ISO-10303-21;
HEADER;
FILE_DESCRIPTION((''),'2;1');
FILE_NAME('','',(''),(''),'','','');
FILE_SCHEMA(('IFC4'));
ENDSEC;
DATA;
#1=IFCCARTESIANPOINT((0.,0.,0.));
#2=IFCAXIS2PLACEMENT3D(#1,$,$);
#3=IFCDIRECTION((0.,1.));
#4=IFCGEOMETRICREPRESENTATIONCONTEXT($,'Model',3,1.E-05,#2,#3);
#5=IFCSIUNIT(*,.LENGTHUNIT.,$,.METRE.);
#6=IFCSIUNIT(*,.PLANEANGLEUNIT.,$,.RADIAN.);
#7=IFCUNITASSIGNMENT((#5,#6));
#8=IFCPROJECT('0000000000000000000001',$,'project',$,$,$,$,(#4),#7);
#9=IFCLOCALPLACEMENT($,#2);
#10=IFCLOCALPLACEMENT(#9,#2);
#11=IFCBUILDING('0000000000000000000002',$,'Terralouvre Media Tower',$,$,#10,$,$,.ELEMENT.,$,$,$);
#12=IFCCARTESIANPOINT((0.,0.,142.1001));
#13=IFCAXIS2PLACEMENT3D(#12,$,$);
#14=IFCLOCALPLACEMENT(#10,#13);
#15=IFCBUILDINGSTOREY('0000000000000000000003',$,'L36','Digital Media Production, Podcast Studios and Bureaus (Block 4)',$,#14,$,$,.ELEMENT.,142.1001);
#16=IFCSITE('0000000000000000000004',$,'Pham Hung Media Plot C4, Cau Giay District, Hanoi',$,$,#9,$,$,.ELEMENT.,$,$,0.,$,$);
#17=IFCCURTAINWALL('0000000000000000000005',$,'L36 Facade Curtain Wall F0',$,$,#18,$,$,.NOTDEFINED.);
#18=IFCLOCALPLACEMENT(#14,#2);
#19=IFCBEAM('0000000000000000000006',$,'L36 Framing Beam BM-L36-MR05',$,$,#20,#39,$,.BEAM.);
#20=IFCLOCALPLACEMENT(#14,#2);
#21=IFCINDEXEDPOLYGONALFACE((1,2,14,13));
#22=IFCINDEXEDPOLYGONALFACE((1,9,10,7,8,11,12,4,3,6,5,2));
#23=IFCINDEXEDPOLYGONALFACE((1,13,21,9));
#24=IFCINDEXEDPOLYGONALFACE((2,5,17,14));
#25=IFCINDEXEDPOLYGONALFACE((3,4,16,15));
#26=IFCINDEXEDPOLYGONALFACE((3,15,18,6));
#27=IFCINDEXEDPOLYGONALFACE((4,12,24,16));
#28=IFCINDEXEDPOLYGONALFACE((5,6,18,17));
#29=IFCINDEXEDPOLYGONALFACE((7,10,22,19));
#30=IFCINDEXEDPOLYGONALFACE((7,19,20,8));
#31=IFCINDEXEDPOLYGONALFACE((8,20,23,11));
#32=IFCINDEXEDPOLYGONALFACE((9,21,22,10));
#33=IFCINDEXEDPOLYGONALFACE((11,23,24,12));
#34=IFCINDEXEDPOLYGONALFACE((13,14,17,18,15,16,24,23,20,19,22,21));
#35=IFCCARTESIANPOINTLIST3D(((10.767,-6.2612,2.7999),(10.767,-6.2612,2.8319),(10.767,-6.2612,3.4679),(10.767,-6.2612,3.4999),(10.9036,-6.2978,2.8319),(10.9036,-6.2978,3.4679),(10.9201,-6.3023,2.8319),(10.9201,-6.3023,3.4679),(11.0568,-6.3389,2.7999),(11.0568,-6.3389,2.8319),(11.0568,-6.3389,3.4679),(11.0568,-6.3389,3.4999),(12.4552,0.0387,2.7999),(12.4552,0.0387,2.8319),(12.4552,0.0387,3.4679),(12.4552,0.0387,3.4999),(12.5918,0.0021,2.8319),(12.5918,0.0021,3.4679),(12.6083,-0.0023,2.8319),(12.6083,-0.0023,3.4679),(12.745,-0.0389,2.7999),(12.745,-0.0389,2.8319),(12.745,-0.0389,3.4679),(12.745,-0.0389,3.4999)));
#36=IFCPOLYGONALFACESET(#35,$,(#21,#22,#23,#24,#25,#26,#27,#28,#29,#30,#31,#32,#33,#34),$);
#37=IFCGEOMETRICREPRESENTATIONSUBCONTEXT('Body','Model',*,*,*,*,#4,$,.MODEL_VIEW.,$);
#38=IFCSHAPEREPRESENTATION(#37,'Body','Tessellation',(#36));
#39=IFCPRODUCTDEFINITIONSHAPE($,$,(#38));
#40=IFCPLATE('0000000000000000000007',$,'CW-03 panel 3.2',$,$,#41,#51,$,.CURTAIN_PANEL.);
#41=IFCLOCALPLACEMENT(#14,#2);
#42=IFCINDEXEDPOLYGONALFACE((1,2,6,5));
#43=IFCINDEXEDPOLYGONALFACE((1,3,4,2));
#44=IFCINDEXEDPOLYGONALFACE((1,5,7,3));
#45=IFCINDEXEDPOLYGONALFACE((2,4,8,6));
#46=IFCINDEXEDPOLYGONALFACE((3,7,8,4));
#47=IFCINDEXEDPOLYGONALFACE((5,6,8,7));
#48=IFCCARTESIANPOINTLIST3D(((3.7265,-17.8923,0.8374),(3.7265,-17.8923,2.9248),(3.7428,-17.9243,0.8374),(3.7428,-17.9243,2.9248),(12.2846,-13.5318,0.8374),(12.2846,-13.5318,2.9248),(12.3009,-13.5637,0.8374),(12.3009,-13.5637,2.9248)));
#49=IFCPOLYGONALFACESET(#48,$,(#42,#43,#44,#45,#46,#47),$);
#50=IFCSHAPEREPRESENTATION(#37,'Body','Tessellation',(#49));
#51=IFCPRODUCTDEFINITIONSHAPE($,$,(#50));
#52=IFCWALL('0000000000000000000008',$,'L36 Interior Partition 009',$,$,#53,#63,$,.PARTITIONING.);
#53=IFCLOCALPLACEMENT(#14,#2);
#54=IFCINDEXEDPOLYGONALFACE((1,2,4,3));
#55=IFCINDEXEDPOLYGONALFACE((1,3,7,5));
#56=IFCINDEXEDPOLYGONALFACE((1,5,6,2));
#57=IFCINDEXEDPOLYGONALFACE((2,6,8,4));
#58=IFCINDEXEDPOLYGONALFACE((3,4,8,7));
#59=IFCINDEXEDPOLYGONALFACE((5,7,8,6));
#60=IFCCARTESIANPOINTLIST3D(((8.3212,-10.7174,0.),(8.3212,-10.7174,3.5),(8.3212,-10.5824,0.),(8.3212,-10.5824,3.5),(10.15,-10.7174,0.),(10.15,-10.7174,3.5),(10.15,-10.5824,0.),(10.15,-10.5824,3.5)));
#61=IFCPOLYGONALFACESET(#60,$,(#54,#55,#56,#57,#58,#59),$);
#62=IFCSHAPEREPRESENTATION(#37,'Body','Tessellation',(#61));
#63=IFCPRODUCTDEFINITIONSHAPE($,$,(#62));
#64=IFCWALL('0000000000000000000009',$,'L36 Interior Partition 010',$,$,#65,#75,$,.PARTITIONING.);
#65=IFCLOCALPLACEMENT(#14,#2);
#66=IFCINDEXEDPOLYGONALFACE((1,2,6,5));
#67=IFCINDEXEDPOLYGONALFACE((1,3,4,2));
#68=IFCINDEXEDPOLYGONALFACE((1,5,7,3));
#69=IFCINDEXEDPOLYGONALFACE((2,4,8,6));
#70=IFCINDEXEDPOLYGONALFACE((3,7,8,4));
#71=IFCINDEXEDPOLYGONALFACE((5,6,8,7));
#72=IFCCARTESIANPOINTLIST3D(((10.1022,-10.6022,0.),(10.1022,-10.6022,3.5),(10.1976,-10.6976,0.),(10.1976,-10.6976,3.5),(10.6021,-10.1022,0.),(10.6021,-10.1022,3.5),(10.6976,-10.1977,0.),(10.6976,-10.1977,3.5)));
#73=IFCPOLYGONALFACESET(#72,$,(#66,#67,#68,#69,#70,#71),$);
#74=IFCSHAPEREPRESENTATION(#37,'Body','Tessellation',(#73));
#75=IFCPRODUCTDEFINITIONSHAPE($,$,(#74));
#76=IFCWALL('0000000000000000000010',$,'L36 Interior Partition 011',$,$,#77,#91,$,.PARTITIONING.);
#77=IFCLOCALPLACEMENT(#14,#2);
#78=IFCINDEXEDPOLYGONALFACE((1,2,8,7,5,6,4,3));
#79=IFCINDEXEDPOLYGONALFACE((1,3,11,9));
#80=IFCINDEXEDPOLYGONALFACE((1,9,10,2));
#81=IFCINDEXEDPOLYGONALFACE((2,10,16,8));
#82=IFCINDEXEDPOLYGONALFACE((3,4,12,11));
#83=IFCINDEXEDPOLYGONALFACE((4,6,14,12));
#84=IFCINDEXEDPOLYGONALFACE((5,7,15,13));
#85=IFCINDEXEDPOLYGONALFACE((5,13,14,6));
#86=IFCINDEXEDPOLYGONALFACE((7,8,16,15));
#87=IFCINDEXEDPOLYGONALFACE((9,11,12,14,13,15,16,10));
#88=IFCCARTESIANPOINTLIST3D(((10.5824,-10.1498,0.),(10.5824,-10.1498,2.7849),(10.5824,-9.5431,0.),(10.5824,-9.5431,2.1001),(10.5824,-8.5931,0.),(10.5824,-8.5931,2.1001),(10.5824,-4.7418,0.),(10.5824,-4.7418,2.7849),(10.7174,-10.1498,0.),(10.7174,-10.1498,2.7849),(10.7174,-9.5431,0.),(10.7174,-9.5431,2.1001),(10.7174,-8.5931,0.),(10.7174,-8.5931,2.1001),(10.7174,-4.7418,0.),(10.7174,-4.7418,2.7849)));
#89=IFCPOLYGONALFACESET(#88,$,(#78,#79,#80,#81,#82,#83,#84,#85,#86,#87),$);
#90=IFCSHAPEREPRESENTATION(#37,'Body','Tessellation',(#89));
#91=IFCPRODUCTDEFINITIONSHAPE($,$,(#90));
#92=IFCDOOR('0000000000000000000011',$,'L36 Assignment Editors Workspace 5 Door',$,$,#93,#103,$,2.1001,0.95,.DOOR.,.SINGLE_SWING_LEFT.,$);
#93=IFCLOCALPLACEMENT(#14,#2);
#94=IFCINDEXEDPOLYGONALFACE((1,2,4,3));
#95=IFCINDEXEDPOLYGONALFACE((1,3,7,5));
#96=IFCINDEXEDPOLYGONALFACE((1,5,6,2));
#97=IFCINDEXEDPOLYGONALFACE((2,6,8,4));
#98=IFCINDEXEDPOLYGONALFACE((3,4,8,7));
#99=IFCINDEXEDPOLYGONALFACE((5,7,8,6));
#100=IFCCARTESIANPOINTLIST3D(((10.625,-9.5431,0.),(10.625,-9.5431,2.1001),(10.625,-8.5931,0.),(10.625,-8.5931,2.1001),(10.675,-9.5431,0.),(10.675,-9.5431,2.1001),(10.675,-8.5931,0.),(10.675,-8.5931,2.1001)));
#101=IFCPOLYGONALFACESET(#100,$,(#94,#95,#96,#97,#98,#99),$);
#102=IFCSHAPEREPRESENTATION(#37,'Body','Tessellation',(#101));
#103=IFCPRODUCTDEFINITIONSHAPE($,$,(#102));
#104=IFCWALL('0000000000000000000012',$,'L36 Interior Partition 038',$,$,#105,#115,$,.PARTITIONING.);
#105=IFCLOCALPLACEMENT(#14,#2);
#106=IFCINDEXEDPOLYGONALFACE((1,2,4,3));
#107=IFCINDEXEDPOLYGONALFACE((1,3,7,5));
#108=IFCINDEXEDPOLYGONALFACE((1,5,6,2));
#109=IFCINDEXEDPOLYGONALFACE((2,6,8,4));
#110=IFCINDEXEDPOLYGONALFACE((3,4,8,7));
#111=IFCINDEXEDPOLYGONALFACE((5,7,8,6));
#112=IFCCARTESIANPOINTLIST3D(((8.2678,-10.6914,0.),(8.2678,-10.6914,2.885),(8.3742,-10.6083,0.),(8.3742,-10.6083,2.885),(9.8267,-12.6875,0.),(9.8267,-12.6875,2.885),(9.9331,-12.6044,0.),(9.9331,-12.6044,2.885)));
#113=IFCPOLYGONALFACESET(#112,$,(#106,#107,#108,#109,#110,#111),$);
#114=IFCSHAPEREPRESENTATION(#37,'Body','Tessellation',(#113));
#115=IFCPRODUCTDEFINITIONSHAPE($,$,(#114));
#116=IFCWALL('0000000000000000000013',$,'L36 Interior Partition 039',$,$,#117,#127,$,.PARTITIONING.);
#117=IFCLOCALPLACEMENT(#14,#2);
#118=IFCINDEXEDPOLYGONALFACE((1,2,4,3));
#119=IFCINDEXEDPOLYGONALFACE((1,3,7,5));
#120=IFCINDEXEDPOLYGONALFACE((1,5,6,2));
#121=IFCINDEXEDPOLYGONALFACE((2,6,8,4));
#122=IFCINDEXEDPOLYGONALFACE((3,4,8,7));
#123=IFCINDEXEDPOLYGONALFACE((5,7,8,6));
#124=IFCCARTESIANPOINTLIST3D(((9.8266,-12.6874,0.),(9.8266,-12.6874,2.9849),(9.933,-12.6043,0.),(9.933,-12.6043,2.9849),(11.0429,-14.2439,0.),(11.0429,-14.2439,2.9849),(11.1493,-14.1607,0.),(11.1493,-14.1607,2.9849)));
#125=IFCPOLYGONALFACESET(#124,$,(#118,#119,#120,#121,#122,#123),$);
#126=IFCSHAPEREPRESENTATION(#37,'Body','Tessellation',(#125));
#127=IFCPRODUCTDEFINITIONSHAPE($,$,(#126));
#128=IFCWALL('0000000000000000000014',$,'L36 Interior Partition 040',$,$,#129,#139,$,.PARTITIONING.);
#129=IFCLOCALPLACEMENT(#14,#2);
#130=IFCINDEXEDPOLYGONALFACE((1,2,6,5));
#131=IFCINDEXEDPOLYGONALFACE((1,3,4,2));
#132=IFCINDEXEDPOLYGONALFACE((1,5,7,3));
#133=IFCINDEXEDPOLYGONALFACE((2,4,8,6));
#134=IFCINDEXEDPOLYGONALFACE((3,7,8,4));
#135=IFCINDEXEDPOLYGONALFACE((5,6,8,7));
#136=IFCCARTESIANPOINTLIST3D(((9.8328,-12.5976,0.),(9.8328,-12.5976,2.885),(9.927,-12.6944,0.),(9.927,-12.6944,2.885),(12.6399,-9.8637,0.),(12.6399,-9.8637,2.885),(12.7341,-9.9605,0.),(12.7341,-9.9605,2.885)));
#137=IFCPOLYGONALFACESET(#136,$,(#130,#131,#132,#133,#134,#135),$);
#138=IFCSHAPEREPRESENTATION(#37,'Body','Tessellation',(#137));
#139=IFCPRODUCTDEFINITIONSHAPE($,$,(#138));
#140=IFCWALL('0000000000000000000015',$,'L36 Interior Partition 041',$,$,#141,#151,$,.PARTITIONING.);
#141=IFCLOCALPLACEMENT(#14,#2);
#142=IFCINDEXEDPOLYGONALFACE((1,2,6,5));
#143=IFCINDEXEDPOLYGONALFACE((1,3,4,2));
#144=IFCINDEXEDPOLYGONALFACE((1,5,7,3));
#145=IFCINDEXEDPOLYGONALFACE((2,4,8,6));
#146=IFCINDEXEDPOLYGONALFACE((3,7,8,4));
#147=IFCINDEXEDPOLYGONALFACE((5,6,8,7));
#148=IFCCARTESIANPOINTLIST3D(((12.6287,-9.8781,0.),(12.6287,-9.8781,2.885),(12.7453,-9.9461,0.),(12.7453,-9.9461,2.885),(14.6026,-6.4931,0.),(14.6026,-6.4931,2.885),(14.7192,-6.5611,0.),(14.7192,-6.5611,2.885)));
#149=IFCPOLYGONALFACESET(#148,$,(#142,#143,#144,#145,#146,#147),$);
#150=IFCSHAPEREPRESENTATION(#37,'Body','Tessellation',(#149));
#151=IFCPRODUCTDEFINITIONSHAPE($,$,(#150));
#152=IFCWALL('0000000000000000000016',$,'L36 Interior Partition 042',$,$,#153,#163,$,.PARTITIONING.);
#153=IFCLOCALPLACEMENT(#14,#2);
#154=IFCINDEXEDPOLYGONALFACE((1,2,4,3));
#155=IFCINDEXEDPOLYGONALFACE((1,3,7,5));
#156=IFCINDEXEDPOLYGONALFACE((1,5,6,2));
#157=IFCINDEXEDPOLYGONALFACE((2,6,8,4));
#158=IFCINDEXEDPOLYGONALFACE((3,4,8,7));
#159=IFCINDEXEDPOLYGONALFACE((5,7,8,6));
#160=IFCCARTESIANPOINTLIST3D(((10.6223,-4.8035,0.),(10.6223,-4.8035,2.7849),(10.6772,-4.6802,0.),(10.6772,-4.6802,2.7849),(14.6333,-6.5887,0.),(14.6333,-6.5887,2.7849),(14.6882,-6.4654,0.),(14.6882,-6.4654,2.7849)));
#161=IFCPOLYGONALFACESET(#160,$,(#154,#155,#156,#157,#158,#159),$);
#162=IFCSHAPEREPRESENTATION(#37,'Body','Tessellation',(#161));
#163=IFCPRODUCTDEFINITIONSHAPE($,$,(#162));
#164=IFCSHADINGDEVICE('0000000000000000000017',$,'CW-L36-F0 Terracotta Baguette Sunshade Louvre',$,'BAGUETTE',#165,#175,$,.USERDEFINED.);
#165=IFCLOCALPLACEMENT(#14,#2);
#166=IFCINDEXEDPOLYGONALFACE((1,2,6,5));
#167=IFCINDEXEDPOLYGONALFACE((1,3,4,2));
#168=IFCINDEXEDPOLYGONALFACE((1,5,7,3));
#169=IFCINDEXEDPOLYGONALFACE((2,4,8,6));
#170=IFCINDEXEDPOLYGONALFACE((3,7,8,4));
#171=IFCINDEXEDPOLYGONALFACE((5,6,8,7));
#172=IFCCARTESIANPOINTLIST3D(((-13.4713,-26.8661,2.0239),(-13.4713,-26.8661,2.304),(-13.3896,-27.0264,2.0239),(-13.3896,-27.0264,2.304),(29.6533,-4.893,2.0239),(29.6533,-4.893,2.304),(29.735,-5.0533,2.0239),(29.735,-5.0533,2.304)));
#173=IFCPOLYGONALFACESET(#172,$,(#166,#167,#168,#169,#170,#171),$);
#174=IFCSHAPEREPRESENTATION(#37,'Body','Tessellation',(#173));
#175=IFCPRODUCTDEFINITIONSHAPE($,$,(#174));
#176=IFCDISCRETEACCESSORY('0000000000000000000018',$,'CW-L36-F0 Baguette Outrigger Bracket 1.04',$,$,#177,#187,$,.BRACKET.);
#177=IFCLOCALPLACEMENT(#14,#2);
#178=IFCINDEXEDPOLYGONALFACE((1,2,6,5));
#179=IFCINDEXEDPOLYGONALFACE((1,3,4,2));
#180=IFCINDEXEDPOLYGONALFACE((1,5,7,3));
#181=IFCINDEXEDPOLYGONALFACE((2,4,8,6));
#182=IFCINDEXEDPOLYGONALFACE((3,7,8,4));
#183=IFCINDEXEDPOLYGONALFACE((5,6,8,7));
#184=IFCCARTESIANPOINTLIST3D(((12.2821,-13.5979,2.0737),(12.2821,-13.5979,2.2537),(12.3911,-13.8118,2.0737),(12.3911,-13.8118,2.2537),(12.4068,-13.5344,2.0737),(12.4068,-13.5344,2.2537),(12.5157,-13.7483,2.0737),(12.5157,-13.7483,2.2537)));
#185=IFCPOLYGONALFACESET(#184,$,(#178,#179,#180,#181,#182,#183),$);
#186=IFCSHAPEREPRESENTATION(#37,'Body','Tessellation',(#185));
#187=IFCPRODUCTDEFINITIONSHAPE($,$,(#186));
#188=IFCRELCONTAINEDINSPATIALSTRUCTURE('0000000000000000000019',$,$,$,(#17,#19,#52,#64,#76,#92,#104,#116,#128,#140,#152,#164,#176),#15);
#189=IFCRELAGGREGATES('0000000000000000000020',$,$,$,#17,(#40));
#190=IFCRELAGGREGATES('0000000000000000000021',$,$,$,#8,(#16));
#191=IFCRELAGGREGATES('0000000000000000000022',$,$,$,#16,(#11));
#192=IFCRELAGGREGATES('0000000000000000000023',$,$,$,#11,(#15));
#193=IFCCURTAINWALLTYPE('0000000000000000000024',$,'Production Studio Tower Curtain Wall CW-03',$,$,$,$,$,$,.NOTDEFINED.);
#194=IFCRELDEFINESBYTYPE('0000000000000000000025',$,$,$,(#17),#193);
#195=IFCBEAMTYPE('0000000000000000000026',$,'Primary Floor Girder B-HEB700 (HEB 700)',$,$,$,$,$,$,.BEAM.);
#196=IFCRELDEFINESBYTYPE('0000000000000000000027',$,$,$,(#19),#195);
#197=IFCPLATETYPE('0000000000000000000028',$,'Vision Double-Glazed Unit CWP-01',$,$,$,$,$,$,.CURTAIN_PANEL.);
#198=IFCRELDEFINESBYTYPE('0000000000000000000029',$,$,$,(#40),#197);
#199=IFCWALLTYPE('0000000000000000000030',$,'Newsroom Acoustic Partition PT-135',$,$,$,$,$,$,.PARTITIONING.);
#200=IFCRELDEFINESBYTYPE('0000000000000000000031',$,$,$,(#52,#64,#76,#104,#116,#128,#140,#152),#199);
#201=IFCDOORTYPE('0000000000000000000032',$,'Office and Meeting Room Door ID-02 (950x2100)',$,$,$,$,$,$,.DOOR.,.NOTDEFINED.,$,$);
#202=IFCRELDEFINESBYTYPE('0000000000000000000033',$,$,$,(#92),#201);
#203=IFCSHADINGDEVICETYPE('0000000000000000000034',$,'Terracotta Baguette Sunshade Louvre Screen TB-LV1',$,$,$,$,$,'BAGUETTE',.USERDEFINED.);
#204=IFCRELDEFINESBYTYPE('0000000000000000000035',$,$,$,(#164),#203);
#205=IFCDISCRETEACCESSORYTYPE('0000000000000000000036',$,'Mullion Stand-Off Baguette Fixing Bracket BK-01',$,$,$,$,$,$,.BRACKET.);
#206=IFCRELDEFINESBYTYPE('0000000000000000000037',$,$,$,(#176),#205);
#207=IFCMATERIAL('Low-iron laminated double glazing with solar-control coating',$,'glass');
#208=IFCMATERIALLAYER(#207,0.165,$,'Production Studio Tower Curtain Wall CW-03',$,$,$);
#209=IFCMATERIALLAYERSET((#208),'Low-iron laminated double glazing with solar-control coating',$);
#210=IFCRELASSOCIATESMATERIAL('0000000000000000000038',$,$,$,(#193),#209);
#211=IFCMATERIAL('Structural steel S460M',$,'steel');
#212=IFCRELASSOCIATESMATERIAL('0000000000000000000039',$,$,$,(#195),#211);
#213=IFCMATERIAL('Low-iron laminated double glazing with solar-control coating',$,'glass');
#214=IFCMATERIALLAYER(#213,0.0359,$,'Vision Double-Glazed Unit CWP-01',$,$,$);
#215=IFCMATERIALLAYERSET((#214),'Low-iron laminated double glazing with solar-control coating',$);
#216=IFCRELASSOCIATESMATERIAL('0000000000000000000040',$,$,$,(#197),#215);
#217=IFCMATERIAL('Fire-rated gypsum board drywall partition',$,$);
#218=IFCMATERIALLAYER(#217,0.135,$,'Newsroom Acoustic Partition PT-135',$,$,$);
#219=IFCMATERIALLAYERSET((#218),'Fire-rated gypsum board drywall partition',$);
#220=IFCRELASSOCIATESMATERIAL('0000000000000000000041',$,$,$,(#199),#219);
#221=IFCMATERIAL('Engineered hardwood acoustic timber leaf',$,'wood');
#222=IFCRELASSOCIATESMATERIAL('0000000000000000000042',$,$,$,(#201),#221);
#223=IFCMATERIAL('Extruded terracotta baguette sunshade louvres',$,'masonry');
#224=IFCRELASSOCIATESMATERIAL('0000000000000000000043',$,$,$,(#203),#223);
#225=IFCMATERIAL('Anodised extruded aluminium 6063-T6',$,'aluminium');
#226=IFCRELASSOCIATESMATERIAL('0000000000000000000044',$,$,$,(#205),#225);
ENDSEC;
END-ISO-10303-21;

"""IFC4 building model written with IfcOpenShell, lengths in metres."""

from ifc_helpers import new_model, si_unit, direction, frame, frame_2d, origin, origin_2d, place, context, subcontext, project, spatial, rectangle, i_section, extrude, material, layer, layer_set, material_profile, profile_set, type_object, element, fill, aggregate, save


model = new_model("IFC4")

# Units and contexts
model_context = context("Model", 3, precision=1e-05, world=origin(), true_north=direction((0.0, 1.0)))
body_context = subcontext(model_context, "Body", "Model", "MODEL_VIEW")
ifc_project = project(units=[si_unit("LENGTHUNIT", "METRE"), si_unit("PLANEANGLEUNIT", "RADIAN")], contexts=[model_context])

# Site, building, storey
site_placement = place(None, origin())
site = spatial("IfcSite", under=ifc_project, at=site_placement, Name="Pham Hung Media Plot C4, Cau Giay District, Hanoi", CompositionType="ELEMENT", RefElevation=0.0)
building_placement = place(site_placement, origin())
building = spatial("IfcBuilding", under=site, at=building_placement, Name="Terralouvre Media Tower", CompositionType="ELEMENT")
storey_placement = place(building_placement, frame((0.0, 0.0, 142.1001)))
storey = spatial("IfcBuildingStorey", under=building, at=storey_placement, Name="L36", Description="Digital Media Production, Podcast Studios and Bureaus (Block 4)", CompositionType="ELEMENT", Elevation=142.1001)

# Curtain wall
ifc_material_1 = material(Name="Low-iron laminated double glazing with solar-control coating", Category="glass")
ifc_layer_1 = layer(ifc_material_1, 0.165, Name="Production Studio Tower Curtain Wall CW-03")
ifc_layer_set_1 = layer_set([ifc_layer_1], Name="Low-iron laminated double glazing with solar-control coating")
curtain_wall_type = type_object("IfcCurtainWallType", Name="Production Studio Tower Curtain Wall CW-03", PredefinedType="NOTDEFINED", material=ifc_layer_set_1)
curtain_wall_placement = place(storey_placement, origin())
curtain_wall = element("IfcCurtainWall", 1, at=curtain_wall_placement, inside=storey, type_object=curtain_wall_type, Name="L36 Facade Curtain Wall F0", PredefinedType="NOTDEFINED")

# Beam
ifc_material_2 = material(Name="Structural steel S460M", Category="steel")
ifc_material_profile_1 = material_profile(ifc_material_2, i_section(OverallWidth=0.3, OverallDepth=0.7, WebThickness=0.0171, FlangeThickness=0.032, at=origin_2d()), Name="HEB 700")
ifc_profile_set_1 = profile_set([ifc_material_profile_1], Name="Structural steel S460M")
beam_type_1 = type_object("IfcBeamType", Name="Primary Floor Girder B-HEB700 (HEB 700)", PredefinedType="BEAM", material=ifc_profile_set_1)
beam_1_placement = place(storey_placement, frame((10.9119, -6.3, 3.1499), z_axis=(0.258839, 0.96592, 0.0), x_axis=(-0.96592, 0.258839, 0.0)))
element("IfcBeam", 2, at=beam_1_placement, inside=storey, type_object=beam_type_1, Name="L36 Framing Beam BM-L36-MR05", PredefinedType="BEAM", context=body_context, shape_type="SweptSolid", body=[
    extrude(i_section(OverallWidth=0.3, OverallDepth=0.7, WebThickness=0.0171, FlangeThickness=0.032, at=origin_2d()), origin(), (0.0, 0.0, 1.0), 6.5222),
])

# Plate
ifc_material_3 = material(Name="Low-iron laminated double glazing with solar-control coating", Category="glass")
ifc_layer_2 = layer(ifc_material_3, 0.0359, Name="Vision Double-Glazed Unit CWP-01")
ifc_layer_set_2 = layer_set([ifc_layer_2], Name="Low-iron laminated double glazing with solar-control coating")
plate_type = type_object("IfcPlateType", Name="Vision Double-Glazed Unit CWP-01", PredefinedType="CURTAIN_PANEL", material=ifc_layer_set_2)
plate_placement = place(storey_placement, frame((8.0137, -15.728, 0.8374), z_axis=(0.0, 0.0, 1.0), x_axis=(0.891007, 0.453991, 0.0)))
plate = element("IfcPlate", 3, at=plate_placement, type_object=plate_type, Name="CW-03 panel 3.2", PredefinedType="CURTAIN_PANEL", context=body_context, shape_type="SweptSolid", body=[
    extrude(rectangle(XDim=9.605, YDim=0.0359, at=origin_2d()), origin(), (0.0, 0.0, 1.0), 2.0874),
])
aggregate(curtain_wall, [plate])

# Walls
ifc_material_4 = material(Name="Fire-rated gypsum board drywall partition")
ifc_layer_3 = layer(ifc_material_4, 0.135, Name="Newsroom Acoustic Partition PT-135")
ifc_layer_set_3 = layer_set([ifc_layer_3], Name="Fire-rated gypsum board drywall partition")
wall_type = type_object("IfcWallType", Name="Newsroom Acoustic Partition PT-135", PredefinedType="PARTITIONING", material=ifc_layer_set_3)
wall_1_placement = place(storey_placement, frame((8.321, -10.6499, 0.0), z_axis=(0.0, 0.0, 1.0), x_axis=(1.0, 0.0, 0.0)))
element("IfcWall", 4, at=wall_1_placement, inside=storey, type_object=wall_type, Name="L36 Interior Partition 009", PredefinedType="PARTITIONING", context=body_context, shape_type="SweptSolid", body=[
    extrude(rectangle(XDim=1.8289, YDim=0.135, at=frame_2d((0.9146, 0.0))), origin(), (0.0, 0.0, 1.0), 3.5),
])
wall_2_placement = place(storey_placement, frame((10.1499, -10.6499, 0.0), z_axis=(0.0, 0.0, 1.0), x_axis=(0.707107, 0.707107, 0.0)))
element("IfcWall", 5, at=wall_2_placement, inside=storey, type_object=wall_type, Name="L36 Interior Partition 010", PredefinedType="PARTITIONING", context=body_context, shape_type="SweptSolid", body=[
    extrude(rectangle(XDim=0.707, YDim=0.135, at=frame_2d((0.3535, 0.0))), origin(), (0.0, 0.0, 1.0), 3.5),
])

# Wall, opening, door
wall_3_placement = place(storey_placement, frame((10.6499, -10.1499, 0.0), z_axis=(0.0, 0.0, 1.0), x_axis=(0.0, 1.0, 0.0)))
wall_3 = element("IfcWall", 6, at=wall_3_placement, inside=storey, type_object=wall_type, Name="L36 Interior Partition 011", PredefinedType="PARTITIONING", context=body_context, shape_type="SweptSolid", body=[
    extrude(rectangle(XDim=5.408, YDim=0.135, at=frame_2d((2.7041, 0.0))), origin(), (0.0, 0.0, 1.0), 2.7849),
])
opening_1_placement = place(wall_3_placement, frame((0.6067, 0.0, 0.0)))
opening_1 = element("IfcOpeningElement", 7, at=opening_1_placement, cuts=wall_3, PredefinedType="OPENING", context=body_context, shape_type="SweptSolid", body=[
    extrude(rectangle(XDim=0.95, YDim=2.1001, at=frame_2d((0.4751, 1.05))), frame((0.0, 0.0774, 0.0), z_axis=(0.0, -1.0, 0.0), x_axis=(1.0, 0.0, 0.0)), (0.0, 0.0, 1.0), 0.155),
])
ifc_material_5 = material(Name="Engineered hardwood acoustic timber leaf", Category="wood")
door_type_1 = type_object("IfcDoorType", Name="Office and Meeting Room Door ID-02 (950x2100)", OperationType="NOTDEFINED", PredefinedType="DOOR", material=ifc_material_5)
door_1_placement = place(opening_1_placement, origin())
door_1 = element("IfcDoor", 8, at=door_1_placement, inside=storey, type_object=door_type_1, Name="L36 Assignment Editors Workspace 5 Door", OperationType="SINGLE_SWING_LEFT", OverallHeight=2.1001, OverallWidth=0.95, PredefinedType="DOOR", context=body_context, shape_type="SweptSolid", body=[
    extrude(rectangle(XDim=0.95, YDim=2.1001, at=frame_2d((0.4751, 1.05))), frame((0.0, 0.0249, 0.0), z_axis=(0.0, -1.0, 0.0), x_axis=(1.0, 0.0, 0.0)), (0.0, 0.0, 1.0), 0.05),
])
fill(opening_1, door_1)

# Walls
wall_4_placement = place(storey_placement, frame((9.8799, -12.646, 0.0), z_axis=(0.0, 0.0, 1.0), x_axis=(-0.615494, 0.788141, 0.0)))
element("IfcWall", 9, at=wall_4_placement, inside=storey, type_object=wall_type, Name="L36 Interior Partition 038", PredefinedType="PARTITIONING", context=body_context, shape_type="SweptSolid", body=[
    extrude(rectangle(XDim=2.5327, YDim=0.135, at=frame_2d((1.2664, 0.0))), origin(), (0.0, 0.0, 1.0), 2.885),
])
wall_5_placement = place(storey_placement, frame((11.0962, -14.2024, 0.0), z_axis=(0.0, 0.0, 1.0), x_axis=(-0.615762, 0.787933, 0.0)))
element("IfcWall", 10, at=wall_5_placement, inside=storey, type_object=wall_type, Name="L36 Interior Partition 039", PredefinedType="PARTITIONING", context=body_context, shape_type="SweptSolid", body=[
    extrude(rectangle(XDim=1.9753, YDim=0.135, at=frame_2d((0.9878, 0.0))), origin(), (0.0, 0.0, 1.0), 2.9849),
])
for number, where, z_axis, x_axis, name in (
    (11, (9.8799, -12.646, 0.0), (0.0, 0.0, 1.0), (0.716391, 0.697699, 0.0), "L36 Interior Partition 040"),
    (12, (12.687, -9.9121, 0.0), (0.0, 0.0, 1.0), (0.503735, 0.863858, 0.0), "L36 Interior Partition 041"),
):
    element("IfcWall", number, at=place(storey_placement, frame(where, z_axis=z_axis, x_axis=x_axis)), inside=storey, type_object=wall_type, Name=name, PredefinedType="PARTITIONING", context=body_context, shape_type="SweptSolid", body=[
        extrude(rectangle(XDim=3.9185, YDim=0.135, at=frame_2d((1.9592, 0.0))), origin(), (0.0, 0.0, 1.0), 2.885),
    ])
wall_6_placement = place(storey_placement, frame((14.6609, -6.5271, 0.0), z_axis=(0.0, 0.0, 1.0), x_axis=(-0.9136, 0.406613, 0.0)))
element("IfcWall", 13, at=wall_6_placement, inside=storey, type_object=wall_type, Name="L36 Interior Partition 042", PredefinedType="PARTITIONING", context=body_context, shape_type="SweptSolid", body=[
    extrude(rectangle(XDim=4.3904, YDim=0.135, at=frame_2d((2.1953, 0.0))), origin(), (0.0, 0.0, 1.0), 2.7849),
])

# Shading device
ifc_material_6 = material(Name="Extruded terracotta baguette sunshade louvres", Category="masonry")
shading_device_type = type_object("IfcShadingDeviceType", Name="Terracotta Baguette Sunshade Louvre Screen TB-LV1", ElementType="BAGUETTE", PredefinedType="USERDEFINED", material=ifc_material_6)
shading_device_placement = place(storey_placement, frame((8.1318, -15.9597, 2.0239), z_axis=(0.0, 0.0, 1.0), x_axis=(0.891007, 0.453991, 0.0)))
element("IfcShadingDevice", 14, at=shading_device_placement, inside=storey, type_object=shading_device_type, Name="CW-L36-F0 Terracotta Baguette Sunshade Louvre", ObjectType="BAGUETTE", PredefinedType="USERDEFINED", context=body_context, shape_type="SweptSolid", body=[
    extrude(rectangle(XDim=48.3999, YDim=0.1799, at=origin_2d()), origin(), (0.0, 0.0, 1.0), 0.28),
])

# Discrete accessory
ifc_material_7 = material(Name="Anodised extruded aluminium 6063-T6", Category="aluminium")
discrete_accessory_type = type_object("IfcDiscreteAccessoryType", Name="Mullion Stand-Off Baguette Fixing Bracket BK-01", PredefinedType="BRACKET", material=ifc_material_7)
discrete_accessory_placement = place(storey_placement, frame((12.3989, -13.6731, 2.0737), z_axis=(0.0, 0.0, 1.0), x_axis=(0.891007, 0.453991, 0.0)))
element("IfcDiscreteAccessory", 15, at=discrete_accessory_placement, inside=storey, type_object=discrete_accessory_type, Name="CW-L36-F0 Baguette Outrigger Bracket 1.04", PredefinedType="BRACKET", context=body_context, shape_type="SweptSolid", body=[
    extrude(rectangle(XDim=0.1399, YDim=0.24, at=origin_2d()), origin(), (0.0, 0.0, 1.0), 0.1799),
])

save(model, "model.ifc")
